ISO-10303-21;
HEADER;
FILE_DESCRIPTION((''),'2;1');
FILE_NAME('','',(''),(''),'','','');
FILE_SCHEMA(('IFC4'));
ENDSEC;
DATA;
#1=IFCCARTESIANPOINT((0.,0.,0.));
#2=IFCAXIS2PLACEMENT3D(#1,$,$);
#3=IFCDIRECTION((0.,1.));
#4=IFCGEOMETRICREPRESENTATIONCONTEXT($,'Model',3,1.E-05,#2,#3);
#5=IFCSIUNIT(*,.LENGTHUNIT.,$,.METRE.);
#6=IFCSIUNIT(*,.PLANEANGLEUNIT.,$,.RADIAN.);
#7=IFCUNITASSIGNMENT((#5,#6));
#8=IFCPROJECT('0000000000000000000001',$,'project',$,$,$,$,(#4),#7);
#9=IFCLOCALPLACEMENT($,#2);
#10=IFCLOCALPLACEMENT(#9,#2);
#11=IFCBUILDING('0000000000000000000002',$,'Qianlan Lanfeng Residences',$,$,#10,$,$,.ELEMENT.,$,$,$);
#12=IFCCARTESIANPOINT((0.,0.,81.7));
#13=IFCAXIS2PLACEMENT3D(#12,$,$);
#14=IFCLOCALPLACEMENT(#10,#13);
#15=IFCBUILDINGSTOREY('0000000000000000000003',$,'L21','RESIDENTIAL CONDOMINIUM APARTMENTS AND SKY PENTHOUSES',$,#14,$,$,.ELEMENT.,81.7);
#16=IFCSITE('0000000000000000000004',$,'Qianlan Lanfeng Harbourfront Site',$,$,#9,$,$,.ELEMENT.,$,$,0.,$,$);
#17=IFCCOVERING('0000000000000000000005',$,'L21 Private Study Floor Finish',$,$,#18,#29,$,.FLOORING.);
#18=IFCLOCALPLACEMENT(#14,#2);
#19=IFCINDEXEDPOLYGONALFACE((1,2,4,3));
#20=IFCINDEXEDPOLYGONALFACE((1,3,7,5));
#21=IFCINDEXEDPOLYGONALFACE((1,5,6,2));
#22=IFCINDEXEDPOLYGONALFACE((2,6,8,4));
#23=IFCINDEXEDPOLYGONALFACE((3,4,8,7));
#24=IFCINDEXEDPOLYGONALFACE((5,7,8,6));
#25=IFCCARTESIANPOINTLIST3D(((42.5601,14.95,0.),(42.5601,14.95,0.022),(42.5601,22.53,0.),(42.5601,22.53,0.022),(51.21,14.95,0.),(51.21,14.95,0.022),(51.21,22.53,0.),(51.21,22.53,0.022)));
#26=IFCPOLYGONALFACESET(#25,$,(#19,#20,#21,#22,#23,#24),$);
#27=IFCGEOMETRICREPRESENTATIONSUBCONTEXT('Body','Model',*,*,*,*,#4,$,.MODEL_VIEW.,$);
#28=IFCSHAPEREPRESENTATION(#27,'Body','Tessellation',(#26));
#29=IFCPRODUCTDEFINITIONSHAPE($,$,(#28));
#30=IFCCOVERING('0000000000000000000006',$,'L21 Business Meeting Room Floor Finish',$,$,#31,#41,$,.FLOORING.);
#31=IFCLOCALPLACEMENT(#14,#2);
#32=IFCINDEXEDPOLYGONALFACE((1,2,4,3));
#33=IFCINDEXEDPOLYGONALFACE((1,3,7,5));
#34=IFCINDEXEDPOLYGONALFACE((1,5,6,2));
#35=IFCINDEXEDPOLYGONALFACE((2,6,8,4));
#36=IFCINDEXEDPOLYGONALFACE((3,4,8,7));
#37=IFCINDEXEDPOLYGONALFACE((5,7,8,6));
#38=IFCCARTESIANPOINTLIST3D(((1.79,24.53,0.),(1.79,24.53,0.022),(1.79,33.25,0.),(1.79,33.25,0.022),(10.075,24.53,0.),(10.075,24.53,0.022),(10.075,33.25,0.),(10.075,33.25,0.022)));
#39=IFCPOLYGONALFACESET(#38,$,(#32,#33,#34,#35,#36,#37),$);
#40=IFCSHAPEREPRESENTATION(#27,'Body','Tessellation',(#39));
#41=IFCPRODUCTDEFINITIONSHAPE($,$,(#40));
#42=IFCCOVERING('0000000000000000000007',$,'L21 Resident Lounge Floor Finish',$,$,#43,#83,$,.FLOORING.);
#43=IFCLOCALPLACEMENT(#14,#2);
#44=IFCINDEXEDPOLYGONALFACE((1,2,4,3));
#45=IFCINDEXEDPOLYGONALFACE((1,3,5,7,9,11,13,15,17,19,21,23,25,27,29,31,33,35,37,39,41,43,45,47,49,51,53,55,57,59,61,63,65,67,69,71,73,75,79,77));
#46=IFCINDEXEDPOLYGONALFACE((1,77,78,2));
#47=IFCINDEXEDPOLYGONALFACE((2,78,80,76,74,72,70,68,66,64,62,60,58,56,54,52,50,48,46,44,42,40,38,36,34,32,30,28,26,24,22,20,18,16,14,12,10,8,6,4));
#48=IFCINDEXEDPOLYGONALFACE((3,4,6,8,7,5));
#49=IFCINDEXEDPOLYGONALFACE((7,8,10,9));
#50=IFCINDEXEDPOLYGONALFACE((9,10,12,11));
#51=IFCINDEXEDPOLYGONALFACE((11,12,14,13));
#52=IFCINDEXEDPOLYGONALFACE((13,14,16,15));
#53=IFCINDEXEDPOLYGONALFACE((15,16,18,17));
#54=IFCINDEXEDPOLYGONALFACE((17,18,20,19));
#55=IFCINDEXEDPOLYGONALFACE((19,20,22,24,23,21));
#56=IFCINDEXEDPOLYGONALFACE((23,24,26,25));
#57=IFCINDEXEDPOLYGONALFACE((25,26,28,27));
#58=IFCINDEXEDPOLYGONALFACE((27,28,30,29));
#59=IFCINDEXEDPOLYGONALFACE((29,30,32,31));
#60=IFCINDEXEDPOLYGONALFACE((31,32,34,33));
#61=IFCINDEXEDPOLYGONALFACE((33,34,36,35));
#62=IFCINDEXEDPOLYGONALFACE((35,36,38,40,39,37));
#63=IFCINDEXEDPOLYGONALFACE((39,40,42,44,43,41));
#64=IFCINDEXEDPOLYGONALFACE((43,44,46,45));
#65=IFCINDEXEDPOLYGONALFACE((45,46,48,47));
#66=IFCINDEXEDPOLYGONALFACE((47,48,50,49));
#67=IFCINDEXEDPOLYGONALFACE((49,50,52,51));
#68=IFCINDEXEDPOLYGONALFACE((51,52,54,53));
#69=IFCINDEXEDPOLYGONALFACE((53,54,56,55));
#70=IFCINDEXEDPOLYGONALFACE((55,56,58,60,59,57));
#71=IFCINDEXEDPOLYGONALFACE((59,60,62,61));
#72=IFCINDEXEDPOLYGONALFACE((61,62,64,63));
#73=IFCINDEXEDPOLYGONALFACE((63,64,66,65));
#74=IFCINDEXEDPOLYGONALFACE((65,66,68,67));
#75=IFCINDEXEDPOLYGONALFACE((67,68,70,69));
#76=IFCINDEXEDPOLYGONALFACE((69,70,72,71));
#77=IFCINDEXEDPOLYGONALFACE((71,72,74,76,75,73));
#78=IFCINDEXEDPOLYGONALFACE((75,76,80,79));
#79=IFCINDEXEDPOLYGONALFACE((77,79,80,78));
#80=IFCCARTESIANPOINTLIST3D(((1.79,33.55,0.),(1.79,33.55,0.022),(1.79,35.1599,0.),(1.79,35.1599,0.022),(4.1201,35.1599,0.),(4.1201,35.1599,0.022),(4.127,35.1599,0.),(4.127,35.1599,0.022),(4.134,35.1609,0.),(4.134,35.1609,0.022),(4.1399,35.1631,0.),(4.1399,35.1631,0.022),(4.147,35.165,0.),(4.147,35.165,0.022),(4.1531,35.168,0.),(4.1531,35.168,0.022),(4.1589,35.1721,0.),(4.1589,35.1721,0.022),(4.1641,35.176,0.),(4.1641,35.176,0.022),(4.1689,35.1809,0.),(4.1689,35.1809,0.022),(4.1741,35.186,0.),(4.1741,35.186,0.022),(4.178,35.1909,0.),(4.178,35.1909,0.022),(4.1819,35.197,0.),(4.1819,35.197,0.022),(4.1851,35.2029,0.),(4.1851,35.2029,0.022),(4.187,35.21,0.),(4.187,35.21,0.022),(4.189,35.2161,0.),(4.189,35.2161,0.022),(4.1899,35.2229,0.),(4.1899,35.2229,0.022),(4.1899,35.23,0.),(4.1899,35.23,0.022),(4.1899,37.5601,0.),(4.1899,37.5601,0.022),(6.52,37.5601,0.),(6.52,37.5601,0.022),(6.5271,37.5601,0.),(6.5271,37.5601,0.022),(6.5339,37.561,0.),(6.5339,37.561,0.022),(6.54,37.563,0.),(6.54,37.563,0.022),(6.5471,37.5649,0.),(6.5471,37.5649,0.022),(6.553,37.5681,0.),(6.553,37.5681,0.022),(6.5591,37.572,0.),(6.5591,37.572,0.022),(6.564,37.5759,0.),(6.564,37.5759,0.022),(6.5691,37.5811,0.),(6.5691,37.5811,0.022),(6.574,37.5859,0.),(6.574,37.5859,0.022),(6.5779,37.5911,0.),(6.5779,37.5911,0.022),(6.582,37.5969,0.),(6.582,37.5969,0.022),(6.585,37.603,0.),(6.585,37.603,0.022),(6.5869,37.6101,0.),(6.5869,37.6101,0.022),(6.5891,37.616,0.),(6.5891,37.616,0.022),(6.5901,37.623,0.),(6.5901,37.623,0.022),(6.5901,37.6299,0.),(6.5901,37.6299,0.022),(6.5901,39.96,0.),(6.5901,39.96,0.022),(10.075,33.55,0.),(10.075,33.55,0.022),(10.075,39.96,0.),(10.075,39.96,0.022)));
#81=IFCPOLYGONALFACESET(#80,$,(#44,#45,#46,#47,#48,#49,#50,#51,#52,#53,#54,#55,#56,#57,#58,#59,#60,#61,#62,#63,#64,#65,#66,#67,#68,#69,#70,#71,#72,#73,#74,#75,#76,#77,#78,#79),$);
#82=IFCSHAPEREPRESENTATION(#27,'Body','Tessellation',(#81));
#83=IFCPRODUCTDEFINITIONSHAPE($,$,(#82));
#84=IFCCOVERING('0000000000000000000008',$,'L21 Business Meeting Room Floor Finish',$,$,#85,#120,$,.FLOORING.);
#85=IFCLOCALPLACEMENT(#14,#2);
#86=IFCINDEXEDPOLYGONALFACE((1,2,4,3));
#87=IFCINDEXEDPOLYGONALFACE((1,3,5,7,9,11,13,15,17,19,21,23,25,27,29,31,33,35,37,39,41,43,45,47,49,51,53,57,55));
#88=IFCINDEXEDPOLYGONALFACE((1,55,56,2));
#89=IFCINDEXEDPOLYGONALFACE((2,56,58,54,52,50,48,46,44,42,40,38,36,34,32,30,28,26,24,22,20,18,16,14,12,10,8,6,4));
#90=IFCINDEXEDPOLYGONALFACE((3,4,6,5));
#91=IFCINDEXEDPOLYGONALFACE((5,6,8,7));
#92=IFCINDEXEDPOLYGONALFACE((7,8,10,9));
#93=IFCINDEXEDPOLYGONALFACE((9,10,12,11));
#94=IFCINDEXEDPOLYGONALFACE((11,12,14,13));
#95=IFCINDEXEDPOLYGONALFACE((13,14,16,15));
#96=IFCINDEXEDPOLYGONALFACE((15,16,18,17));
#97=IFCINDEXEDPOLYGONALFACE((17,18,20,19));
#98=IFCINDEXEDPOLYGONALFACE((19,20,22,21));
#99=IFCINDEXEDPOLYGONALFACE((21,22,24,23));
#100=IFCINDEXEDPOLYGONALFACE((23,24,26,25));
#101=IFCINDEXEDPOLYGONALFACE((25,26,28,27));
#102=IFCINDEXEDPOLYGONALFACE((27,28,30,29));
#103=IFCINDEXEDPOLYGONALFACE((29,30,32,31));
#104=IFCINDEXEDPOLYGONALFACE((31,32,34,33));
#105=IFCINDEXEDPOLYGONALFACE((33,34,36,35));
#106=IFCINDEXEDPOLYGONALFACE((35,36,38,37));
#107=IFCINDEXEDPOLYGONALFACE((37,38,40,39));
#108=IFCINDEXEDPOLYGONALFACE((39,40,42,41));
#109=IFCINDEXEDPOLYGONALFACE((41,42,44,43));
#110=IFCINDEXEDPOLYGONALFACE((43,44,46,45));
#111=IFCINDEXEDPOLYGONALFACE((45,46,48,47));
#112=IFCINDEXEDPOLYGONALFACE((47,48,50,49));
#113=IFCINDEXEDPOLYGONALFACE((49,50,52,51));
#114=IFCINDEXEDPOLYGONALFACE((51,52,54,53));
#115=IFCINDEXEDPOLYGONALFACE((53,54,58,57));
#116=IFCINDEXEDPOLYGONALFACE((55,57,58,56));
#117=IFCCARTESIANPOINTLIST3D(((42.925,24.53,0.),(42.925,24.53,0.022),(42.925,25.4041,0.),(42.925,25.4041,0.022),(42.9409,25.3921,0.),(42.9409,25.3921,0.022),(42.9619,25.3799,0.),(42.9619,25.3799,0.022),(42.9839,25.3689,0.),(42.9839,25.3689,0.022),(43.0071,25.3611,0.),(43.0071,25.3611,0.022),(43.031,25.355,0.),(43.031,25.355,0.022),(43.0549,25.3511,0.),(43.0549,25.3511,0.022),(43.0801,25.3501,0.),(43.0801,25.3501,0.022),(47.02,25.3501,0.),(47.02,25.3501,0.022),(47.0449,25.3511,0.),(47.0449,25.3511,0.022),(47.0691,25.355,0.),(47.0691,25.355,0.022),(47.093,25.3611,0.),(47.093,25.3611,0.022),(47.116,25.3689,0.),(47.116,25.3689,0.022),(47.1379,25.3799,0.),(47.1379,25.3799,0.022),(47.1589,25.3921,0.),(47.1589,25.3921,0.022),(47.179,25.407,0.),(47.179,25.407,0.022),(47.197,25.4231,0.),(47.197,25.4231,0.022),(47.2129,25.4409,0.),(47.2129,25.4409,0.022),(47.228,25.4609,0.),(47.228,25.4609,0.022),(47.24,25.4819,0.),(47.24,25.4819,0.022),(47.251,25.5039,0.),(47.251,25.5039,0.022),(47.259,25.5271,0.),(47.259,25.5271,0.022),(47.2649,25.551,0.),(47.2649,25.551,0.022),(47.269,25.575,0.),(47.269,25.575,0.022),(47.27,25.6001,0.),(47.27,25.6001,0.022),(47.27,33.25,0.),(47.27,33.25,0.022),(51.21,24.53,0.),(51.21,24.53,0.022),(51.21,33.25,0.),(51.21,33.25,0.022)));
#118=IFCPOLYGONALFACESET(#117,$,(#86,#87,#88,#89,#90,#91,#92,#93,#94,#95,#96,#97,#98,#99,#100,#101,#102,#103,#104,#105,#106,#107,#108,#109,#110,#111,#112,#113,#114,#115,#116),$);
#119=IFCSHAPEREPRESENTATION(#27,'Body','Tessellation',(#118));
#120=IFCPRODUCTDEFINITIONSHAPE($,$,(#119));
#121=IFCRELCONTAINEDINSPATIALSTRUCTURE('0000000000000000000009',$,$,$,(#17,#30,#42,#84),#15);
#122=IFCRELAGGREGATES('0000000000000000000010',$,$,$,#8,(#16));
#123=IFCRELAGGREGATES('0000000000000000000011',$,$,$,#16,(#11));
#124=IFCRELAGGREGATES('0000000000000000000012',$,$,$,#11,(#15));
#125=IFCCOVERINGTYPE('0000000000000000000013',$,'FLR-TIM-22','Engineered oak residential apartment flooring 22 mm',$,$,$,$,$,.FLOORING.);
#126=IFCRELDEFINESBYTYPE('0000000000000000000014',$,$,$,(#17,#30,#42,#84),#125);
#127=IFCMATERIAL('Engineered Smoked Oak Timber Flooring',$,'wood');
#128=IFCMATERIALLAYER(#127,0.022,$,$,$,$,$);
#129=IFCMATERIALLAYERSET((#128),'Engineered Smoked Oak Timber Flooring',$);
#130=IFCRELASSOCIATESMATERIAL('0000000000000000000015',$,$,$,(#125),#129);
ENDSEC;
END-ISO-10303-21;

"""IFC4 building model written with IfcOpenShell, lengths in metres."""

from ifc_helpers import new_model, si_unit, direction, frame, origin, place, context, subcontext, project, spatial, polyline, outline, extrude, material, layer, layer_set, type_object, element, save


model = new_model("IFC4")

# Units and contexts
model_context = context("Model", 3, precision=1e-05, world=origin(), true_north=direction((0.0, 1.0)))
body_context = subcontext(model_context, "Body", "Model", "MODEL_VIEW")
ifc_project = project(units=[si_unit("LENGTHUNIT", "METRE"), si_unit("PLANEANGLEUNIT", "RADIAN")], contexts=[model_context])

# Site, building, storey
site_placement = place(None, origin())
site = spatial("IfcSite", under=ifc_project, at=site_placement, Name="Qianlan Lanfeng Harbourfront Site", CompositionType="ELEMENT", RefElevation=0.0)
building_placement = place(site_placement, origin())
building = spatial("IfcBuilding", under=site, at=building_placement, Name="Qianlan Lanfeng Residences", CompositionType="ELEMENT")
storey_placement = place(building_placement, frame((0.0, 0.0, 81.7)))
storey = spatial("IfcBuildingStorey", under=building, at=storey_placement, Name="L21", Description="RESIDENTIAL CONDOMINIUM APARTMENTS AND SKY PENTHOUSES", CompositionType="ELEMENT", Elevation=81.7)

# Coverings
ifc_material_1 = material(Name="Engineered Smoked Oak Timber Flooring", Category="wood")
ifc_layer_1 = layer(ifc_material_1, 0.022)
ifc_layer_set_1 = layer_set([ifc_layer_1], Name="Engineered Smoked Oak Timber Flooring")
covering_type_1 = type_object("IfcCoveringType", Name="FLR-TIM-22", Description="Engineered oak residential apartment flooring 22 mm", PredefinedType="FLOORING", material=ifc_layer_set_1)
covering_1_placement = place(storey_placement, origin())
element("IfcCovering", 1, at=covering_1_placement, inside=storey, type_object=covering_type_1, Name="L21 Private Study Floor Finish", PredefinedType="FLOORING", context=body_context, shape_type="SweptSolid", body=[
    extrude(outline(polyline([(51.21, 22.53), (42.5601, 22.53), (42.5601, 14.95), (51.21, 14.95), (51.21, 22.53)])), origin(), (0.0, 0.0, 1.0), 0.022),
])
covering_2_placement = place(storey_placement, origin())
element("IfcCovering", 2, at=covering_2_placement, inside=storey, type_object=covering_type_1, Name="L21 Business Meeting Room Floor Finish", PredefinedType="FLOORING", context=body_context, shape_type="SweptSolid", body=[
    extrude(outline(polyline([(10.075, 33.25), (1.79, 33.25), (1.79, 24.53), (10.075, 24.53), (10.075, 33.25)])), origin(), (0.0, 0.0, 1.0), 0.022),
])
covering_3_placement = place(storey_placement, origin())
element("IfcCovering", 3, at=covering_3_placement, inside=storey, type_object=covering_type_1, Name="L21 Resident Lounge Floor Finish", PredefinedType="FLOORING", context=body_context, shape_type="SweptSolid", body=[
    extrude(outline(polyline([(1.79, 33.55), (10.075, 33.55), (10.075, 39.96), (6.5901, 39.96), (6.5901, 37.6299), (6.5901, 37.623), (6.5891, 37.616), (6.5869, 37.6101), (6.585, 37.603), (6.582, 37.5969), (6.5779, 37.5911), (6.574, 37.5859), (6.5691, 37.5811), (6.564, 37.5759), (6.5591, 37.572), (6.553, 37.5681), (6.5471, 37.5649), (6.54, 37.563), (6.5339, 37.561), (6.5271, 37.5601), (6.52, 37.5601), (4.1899, 37.5601), (4.1899, 35.23), (4.1899, 35.2229), (4.189, 35.2161), (4.187, 35.21), (4.1851, 35.2029), (4.1819, 35.197), (4.178, 35.1909), (4.1741, 35.186), (4.1689, 35.1809), (4.1641, 35.176), (4.1589, 35.1721), (4.1531, 35.168), (4.147, 35.165), (4.1399, 35.1631), (4.134, 35.1609), (4.127, 35.1599), (4.1201, 35.1599), (1.79, 35.1599), (1.79, 33.55)])), origin(), (0.0, 0.0, 1.0), 0.022),
])
covering_4_placement = place(storey_placement, origin())
element("IfcCovering", 4, at=covering_4_placement, inside=storey, type_object=covering_type_1, Name="L21 Business Meeting Room Floor Finish", PredefinedType="FLOORING", context=body_context, shape_type="SweptSolid", body=[
    extrude(outline(polyline([(51.21, 33.25), (47.27, 33.25), (47.27, 25.6001), (47.269, 25.575), (47.2649, 25.551), (47.259, 25.5271), (47.251, 25.5039), (47.24, 25.4819), (47.228, 25.4609), (47.2129, 25.4409), (47.197, 25.4231), (47.179, 25.407), (47.1589, 25.3921), (47.1379, 25.3799), (47.116, 25.3689), (47.093, 25.3611), (47.0691, 25.355), (47.0449, 25.3511), (47.02, 25.3501), (43.0801, 25.3501), (43.0549, 25.3511), (43.031, 25.355), (43.0071, 25.3611), (42.9839, 25.3689), (42.9619, 25.3799), (42.9409, 25.3921), (42.925, 25.4041), (42.925, 24.53), (51.21, 24.53), (51.21, 33.25)])), origin(), (0.0, 0.0, 1.0), 0.022),
])

save(model, "model.ifc")
